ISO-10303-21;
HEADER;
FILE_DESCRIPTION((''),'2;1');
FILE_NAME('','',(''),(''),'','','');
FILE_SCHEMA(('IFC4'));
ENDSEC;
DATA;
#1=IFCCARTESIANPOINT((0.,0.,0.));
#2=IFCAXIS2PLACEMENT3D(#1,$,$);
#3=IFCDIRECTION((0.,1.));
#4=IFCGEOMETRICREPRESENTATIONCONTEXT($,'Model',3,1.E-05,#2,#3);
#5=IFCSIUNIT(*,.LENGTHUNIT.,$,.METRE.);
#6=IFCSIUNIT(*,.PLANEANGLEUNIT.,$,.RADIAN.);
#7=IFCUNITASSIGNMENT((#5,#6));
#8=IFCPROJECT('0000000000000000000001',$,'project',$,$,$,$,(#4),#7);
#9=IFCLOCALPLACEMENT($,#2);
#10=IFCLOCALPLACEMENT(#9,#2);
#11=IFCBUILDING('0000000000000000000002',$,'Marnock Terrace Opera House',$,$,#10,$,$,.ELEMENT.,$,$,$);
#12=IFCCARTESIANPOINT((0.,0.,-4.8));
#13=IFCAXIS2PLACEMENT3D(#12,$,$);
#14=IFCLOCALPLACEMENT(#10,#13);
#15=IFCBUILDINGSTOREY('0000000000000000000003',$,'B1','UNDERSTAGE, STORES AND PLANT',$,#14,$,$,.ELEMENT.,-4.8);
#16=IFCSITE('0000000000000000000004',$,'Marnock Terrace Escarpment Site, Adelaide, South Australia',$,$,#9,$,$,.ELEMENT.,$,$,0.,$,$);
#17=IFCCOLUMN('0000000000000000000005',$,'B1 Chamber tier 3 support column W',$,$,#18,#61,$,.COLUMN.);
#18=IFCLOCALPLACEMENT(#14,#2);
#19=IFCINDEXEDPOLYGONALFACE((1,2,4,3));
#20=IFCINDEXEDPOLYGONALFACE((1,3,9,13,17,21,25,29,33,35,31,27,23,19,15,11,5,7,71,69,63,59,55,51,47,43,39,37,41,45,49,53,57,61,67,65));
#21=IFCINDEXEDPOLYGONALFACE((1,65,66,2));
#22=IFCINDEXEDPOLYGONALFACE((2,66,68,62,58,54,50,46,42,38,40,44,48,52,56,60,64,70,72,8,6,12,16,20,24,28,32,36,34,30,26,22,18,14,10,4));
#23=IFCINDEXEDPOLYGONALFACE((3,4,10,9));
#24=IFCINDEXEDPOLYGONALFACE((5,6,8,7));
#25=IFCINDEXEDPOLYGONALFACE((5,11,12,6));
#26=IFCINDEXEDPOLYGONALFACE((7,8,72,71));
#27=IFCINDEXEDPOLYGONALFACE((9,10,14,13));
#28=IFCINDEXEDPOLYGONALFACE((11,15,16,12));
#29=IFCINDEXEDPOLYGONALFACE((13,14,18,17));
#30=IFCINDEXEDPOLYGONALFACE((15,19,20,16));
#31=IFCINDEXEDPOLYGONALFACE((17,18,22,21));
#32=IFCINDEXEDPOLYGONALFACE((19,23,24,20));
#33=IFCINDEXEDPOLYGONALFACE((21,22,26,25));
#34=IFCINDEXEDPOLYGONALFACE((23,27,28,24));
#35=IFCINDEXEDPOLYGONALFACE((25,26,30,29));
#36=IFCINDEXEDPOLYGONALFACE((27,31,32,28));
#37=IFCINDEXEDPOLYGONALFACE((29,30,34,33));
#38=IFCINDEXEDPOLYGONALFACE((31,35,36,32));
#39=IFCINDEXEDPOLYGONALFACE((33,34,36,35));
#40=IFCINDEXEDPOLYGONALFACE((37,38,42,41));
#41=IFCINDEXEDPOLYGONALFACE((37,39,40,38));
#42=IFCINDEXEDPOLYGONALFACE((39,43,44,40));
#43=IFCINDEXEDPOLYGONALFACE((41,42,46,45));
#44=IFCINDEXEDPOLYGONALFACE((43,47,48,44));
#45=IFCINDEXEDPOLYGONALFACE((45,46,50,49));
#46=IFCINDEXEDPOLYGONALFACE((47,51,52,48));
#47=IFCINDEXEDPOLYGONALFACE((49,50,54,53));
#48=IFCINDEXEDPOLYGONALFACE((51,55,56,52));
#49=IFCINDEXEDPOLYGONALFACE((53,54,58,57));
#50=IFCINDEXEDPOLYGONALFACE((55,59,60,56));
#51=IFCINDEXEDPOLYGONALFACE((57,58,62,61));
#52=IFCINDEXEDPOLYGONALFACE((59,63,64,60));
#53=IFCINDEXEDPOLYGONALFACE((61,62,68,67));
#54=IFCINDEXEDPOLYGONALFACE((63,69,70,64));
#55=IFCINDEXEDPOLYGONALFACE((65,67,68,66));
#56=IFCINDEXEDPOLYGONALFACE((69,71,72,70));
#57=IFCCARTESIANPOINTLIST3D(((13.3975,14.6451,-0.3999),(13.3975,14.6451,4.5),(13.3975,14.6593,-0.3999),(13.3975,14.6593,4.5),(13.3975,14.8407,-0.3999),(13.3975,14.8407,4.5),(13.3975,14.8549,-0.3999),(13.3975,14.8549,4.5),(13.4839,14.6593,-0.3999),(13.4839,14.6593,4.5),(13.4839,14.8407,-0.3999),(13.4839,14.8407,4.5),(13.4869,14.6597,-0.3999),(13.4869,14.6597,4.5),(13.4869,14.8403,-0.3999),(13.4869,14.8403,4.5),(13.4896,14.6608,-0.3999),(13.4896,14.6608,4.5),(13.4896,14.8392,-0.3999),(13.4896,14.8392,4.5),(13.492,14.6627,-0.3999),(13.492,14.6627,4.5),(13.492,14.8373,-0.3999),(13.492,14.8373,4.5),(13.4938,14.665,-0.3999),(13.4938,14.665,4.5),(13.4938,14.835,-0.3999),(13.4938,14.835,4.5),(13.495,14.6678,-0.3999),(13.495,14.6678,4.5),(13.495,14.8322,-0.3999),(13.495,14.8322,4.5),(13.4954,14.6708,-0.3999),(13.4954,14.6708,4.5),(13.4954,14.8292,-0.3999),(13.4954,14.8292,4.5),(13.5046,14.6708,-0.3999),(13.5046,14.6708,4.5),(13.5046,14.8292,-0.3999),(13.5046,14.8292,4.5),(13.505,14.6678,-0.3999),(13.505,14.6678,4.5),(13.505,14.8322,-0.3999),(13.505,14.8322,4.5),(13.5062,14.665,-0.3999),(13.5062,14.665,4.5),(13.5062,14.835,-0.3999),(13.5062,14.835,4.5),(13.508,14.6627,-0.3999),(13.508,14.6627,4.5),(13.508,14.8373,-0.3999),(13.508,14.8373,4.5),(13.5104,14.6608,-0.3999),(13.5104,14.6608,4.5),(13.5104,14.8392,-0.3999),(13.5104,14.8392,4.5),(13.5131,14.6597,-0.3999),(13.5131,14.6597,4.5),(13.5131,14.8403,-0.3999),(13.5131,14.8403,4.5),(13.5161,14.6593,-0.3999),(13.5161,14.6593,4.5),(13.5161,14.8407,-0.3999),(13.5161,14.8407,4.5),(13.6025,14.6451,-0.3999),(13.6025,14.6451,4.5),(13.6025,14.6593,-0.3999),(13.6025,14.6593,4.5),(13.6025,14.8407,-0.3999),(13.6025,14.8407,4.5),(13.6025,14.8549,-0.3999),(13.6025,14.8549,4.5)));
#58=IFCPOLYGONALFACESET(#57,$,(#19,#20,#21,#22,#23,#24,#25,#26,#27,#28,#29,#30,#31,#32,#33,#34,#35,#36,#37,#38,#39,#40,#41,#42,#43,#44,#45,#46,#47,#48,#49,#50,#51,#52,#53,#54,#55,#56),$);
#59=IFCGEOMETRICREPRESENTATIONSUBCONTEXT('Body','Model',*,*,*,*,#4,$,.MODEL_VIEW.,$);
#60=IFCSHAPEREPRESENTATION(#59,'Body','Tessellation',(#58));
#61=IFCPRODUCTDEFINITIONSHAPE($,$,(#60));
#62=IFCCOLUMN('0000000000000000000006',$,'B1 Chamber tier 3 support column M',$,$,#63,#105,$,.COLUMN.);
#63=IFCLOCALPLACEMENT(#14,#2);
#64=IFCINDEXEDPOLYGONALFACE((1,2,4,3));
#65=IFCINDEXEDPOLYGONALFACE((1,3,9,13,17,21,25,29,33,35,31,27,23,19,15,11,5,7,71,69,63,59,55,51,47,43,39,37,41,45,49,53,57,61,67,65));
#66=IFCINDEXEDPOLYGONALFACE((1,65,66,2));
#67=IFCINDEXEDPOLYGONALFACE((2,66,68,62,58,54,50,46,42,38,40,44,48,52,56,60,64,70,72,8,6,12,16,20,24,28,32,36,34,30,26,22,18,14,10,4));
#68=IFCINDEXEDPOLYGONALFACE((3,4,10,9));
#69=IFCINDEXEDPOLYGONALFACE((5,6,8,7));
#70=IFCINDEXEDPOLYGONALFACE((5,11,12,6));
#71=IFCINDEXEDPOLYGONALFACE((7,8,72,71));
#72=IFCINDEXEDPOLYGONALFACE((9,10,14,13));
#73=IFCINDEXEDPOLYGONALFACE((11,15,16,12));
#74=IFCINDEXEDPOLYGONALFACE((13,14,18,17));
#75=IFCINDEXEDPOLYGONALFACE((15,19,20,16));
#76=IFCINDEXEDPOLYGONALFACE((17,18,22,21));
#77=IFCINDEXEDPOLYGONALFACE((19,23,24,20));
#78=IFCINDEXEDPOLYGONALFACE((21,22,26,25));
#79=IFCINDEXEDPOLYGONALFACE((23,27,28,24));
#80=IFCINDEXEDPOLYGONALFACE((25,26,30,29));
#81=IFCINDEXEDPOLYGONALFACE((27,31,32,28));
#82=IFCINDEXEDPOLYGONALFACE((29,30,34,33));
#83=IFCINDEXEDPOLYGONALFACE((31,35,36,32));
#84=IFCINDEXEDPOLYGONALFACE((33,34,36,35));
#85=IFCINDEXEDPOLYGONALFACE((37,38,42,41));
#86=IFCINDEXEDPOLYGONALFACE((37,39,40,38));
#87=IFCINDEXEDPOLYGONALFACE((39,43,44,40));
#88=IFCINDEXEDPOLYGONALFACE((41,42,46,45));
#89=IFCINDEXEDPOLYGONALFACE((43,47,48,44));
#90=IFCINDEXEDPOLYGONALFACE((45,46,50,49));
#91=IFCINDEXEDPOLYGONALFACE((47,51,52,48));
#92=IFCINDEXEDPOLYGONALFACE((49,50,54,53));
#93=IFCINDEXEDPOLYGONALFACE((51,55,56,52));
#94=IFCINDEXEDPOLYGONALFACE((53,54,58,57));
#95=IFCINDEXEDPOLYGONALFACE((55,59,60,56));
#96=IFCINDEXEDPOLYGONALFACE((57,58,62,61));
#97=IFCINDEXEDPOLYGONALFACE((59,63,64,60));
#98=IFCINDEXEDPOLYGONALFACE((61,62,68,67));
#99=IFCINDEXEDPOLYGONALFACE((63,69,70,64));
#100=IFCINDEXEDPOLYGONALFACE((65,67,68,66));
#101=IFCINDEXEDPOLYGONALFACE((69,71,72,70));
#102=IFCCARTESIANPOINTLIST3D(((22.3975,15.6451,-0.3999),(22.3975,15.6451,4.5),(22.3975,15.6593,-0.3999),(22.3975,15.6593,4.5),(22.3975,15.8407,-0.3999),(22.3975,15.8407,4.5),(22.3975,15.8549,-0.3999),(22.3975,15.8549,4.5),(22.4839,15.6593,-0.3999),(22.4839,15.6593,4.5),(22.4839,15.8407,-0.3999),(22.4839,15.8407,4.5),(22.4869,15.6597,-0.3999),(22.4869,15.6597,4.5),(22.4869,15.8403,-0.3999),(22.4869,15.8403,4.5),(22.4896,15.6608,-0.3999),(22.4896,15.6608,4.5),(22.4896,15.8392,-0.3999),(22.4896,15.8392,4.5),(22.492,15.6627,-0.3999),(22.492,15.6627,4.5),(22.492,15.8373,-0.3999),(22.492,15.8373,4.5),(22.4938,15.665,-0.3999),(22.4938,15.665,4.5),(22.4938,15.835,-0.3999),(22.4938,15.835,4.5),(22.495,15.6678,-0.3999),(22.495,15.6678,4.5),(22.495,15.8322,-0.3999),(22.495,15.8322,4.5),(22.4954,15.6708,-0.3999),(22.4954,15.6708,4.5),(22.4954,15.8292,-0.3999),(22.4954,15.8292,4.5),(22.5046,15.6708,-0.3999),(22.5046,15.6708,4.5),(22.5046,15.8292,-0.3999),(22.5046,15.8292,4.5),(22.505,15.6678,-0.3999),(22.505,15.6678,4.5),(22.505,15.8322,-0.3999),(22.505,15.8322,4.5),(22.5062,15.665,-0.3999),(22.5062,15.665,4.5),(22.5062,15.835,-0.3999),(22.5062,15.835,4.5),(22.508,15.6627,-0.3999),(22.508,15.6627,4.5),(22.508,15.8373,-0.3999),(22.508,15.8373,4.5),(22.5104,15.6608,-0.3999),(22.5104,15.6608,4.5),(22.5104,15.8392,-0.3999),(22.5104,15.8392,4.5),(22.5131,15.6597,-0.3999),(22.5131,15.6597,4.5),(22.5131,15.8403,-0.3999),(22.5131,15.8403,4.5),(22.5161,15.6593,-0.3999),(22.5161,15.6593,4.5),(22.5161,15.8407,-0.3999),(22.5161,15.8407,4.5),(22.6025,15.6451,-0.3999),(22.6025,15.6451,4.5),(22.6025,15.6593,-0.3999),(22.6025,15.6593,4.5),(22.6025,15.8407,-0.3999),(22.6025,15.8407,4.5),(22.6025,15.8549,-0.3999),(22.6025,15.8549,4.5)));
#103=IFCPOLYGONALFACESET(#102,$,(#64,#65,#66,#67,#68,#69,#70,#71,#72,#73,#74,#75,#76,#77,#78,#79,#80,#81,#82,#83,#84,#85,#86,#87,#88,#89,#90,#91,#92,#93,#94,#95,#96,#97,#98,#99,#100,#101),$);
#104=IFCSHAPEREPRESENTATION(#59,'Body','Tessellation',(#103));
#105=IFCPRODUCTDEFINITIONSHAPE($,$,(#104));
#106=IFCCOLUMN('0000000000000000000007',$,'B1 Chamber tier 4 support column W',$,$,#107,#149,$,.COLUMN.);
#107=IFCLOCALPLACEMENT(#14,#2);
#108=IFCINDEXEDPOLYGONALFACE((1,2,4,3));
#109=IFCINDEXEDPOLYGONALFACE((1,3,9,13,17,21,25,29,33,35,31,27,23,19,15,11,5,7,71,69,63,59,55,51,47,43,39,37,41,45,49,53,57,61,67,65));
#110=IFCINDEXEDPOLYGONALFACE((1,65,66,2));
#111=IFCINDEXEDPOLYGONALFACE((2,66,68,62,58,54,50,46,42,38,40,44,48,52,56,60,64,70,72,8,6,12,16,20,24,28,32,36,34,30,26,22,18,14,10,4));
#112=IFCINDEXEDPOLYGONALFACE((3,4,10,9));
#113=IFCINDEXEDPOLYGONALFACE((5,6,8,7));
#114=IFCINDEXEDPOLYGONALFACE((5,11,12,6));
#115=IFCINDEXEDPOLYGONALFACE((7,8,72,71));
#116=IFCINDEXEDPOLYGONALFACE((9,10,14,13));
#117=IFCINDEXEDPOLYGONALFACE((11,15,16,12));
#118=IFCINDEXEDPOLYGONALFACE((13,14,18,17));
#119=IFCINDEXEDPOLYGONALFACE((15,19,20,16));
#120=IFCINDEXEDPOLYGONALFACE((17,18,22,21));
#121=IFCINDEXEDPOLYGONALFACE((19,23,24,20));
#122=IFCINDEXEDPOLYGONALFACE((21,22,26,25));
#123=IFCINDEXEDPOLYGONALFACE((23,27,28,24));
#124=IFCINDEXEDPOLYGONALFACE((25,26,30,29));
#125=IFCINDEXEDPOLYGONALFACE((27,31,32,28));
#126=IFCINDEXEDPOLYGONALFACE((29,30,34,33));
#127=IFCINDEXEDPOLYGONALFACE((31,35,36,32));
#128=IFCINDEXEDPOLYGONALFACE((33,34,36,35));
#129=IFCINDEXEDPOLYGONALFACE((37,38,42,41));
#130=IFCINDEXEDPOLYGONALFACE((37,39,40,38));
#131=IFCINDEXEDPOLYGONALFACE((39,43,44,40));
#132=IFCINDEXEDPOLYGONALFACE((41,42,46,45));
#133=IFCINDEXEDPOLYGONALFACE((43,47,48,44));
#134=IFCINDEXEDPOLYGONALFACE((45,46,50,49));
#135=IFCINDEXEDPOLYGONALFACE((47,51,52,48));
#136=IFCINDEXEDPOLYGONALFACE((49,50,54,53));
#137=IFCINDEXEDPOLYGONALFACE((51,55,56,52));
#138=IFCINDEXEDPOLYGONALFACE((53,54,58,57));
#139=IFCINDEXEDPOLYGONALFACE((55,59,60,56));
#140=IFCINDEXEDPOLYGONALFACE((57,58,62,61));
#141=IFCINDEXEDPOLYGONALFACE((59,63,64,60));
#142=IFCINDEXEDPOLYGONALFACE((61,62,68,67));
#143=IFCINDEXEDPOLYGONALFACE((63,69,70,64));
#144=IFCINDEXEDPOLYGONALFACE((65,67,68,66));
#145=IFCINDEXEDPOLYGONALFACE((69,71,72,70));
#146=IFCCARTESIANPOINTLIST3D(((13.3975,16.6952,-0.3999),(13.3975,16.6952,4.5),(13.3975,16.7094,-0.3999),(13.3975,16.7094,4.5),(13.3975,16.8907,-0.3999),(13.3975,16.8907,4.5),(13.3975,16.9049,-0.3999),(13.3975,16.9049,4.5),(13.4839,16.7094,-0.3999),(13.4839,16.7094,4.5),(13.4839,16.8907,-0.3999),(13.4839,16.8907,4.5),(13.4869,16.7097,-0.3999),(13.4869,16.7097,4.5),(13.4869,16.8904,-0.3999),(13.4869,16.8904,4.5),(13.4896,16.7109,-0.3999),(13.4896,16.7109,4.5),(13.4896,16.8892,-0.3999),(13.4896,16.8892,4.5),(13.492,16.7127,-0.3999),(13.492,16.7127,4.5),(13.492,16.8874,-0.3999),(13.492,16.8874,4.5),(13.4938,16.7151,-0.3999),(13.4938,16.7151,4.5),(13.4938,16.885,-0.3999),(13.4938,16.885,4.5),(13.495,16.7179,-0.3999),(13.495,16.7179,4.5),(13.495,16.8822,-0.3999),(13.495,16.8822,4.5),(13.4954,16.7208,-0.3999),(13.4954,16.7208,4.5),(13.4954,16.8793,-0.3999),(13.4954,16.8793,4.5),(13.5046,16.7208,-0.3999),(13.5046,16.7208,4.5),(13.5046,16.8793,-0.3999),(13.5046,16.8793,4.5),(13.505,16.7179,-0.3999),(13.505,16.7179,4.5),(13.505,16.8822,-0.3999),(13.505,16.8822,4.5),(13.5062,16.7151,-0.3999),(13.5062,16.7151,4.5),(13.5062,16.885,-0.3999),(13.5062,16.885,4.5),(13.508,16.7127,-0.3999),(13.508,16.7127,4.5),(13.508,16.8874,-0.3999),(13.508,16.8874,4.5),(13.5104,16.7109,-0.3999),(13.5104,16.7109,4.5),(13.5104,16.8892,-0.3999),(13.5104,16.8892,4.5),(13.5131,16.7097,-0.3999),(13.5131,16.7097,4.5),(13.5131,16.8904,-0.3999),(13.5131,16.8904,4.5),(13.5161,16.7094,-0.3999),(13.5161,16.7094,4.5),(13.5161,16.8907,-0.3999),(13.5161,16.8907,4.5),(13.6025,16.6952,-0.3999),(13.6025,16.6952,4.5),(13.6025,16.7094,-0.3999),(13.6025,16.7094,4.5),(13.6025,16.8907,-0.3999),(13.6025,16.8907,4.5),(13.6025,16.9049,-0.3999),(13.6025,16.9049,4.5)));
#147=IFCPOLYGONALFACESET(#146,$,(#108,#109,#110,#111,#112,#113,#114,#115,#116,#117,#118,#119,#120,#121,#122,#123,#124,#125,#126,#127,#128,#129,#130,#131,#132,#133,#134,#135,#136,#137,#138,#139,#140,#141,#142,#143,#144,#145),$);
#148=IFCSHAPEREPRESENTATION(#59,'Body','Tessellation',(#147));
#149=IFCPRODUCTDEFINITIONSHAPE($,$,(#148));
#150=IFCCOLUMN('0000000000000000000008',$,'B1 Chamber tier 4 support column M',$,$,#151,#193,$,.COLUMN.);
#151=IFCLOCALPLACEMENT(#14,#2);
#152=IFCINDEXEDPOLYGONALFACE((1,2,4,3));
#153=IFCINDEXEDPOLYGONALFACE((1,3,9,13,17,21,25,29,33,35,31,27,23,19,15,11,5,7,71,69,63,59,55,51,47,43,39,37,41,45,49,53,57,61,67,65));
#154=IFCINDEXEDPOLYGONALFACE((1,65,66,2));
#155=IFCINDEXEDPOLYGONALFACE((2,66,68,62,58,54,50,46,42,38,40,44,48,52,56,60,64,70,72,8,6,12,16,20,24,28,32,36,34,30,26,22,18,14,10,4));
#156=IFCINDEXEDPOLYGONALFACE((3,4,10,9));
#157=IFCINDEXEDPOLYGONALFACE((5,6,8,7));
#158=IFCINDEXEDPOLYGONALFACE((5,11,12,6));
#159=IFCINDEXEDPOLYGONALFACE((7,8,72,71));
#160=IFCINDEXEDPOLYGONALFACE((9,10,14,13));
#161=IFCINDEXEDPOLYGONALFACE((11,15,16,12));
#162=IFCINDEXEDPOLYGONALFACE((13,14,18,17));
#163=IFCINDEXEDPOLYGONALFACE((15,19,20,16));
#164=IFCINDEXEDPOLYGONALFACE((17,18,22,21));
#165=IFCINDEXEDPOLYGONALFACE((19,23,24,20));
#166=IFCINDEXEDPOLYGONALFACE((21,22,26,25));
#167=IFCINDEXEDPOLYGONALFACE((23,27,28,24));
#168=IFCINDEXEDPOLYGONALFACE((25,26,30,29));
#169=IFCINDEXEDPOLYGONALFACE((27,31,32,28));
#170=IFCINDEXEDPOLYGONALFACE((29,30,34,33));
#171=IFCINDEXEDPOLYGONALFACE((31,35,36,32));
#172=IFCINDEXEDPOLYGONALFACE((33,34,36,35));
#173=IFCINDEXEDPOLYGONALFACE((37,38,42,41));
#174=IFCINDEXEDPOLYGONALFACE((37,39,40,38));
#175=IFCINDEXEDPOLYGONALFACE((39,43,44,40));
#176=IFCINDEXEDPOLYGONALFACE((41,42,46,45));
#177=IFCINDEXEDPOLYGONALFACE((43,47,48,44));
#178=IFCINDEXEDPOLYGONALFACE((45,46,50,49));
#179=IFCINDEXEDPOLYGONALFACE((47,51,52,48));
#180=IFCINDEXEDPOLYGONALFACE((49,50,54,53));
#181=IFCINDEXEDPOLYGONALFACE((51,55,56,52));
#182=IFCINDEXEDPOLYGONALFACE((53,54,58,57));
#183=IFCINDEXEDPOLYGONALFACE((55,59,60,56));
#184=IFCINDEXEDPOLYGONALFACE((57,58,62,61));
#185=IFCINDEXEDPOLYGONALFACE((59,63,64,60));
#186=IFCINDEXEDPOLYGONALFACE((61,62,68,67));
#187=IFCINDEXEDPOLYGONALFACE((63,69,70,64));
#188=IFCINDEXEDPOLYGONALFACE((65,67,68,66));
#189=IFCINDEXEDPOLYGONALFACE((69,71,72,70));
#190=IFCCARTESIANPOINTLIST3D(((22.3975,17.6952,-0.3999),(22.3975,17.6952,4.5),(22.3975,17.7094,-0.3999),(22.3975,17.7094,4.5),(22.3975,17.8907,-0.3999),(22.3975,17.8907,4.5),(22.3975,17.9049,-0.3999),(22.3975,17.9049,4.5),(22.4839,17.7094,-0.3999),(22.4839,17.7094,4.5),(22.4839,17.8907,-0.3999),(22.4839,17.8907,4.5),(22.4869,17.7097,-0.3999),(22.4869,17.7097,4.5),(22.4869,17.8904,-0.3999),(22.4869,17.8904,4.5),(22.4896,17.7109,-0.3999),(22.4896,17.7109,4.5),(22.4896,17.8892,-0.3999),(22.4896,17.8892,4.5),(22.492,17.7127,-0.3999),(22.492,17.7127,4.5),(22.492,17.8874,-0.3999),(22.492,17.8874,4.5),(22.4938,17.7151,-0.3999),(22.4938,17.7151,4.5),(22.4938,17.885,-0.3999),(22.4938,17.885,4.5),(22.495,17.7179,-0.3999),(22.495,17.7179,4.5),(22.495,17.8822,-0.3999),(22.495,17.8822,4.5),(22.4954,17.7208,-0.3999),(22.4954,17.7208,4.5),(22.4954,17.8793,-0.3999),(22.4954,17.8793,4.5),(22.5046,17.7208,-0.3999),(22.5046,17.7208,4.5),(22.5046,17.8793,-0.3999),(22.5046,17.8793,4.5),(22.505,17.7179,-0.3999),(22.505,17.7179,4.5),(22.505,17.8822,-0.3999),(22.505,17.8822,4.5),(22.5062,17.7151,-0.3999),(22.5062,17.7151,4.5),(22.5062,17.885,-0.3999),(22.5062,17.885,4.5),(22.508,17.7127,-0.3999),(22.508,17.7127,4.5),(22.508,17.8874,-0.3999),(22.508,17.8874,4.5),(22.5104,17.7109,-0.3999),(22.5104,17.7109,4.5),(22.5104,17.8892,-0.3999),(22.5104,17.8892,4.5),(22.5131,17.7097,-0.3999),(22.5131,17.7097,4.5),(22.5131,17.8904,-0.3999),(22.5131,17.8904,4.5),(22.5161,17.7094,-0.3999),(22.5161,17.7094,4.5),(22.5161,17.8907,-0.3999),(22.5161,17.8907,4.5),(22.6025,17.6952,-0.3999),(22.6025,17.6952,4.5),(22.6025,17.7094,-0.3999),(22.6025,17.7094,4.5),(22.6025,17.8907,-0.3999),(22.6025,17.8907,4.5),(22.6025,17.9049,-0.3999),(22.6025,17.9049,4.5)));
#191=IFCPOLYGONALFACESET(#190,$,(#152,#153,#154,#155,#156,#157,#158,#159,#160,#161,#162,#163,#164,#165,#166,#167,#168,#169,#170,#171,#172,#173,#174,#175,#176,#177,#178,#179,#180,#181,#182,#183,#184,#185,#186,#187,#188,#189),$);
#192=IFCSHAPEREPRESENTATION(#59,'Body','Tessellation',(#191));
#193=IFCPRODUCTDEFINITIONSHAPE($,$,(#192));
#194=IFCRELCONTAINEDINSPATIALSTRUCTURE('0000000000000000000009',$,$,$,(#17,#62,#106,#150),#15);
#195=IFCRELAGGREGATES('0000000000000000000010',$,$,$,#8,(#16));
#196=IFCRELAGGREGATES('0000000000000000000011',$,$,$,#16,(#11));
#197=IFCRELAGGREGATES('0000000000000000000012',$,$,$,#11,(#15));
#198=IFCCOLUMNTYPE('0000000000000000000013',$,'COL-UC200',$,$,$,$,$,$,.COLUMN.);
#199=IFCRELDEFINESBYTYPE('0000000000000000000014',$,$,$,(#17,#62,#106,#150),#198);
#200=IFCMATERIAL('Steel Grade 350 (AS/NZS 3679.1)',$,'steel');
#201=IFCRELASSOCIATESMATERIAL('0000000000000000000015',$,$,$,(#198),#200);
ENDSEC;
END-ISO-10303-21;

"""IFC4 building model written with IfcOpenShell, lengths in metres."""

from ifc_helpers import new_model, si_unit, direction, frame, origin, origin_2d, place, context, subcontext, project, spatial, i_section, extrude, material, material_profile, profile_set, type_object, element, save


model = new_model("IFC4")

# Units and contexts
model_context = context("Model", 3, precision=1e-05, world=origin(), true_north=direction((0.0, 1.0)))
body_context = subcontext(model_context, "Body", "Model", "MODEL_VIEW")
ifc_project = project(units=[si_unit("LENGTHUNIT", "METRE"), si_unit("PLANEANGLEUNIT", "RADIAN")], contexts=[model_context])

# Site, building, storey
site_placement = place(None, origin())
site = spatial("IfcSite", under=ifc_project, at=site_placement, Name="Marnock Terrace Escarpment Site, Adelaide, South Australia", CompositionType="ELEMENT", RefElevation=0.0)
building_placement = place(site_placement, origin())
building = spatial("IfcBuilding", under=site, at=building_placement, Name="Marnock Terrace Opera House", CompositionType="ELEMENT")
storey_placement = place(building_placement, frame((0.0, 0.0, -4.8)))
storey = spatial("IfcBuildingStorey", under=building, at=storey_placement, Name="B1", Description="UNDERSTAGE, STORES AND PLANT", CompositionType="ELEMENT", Elevation=-4.8)

# Columns
ifc_material_1 = material(Name="Steel Grade 350 (AS/NZS 3679.1)", Category="steel")
ifc_material_profile_1 = material_profile(ifc_material_1, i_section(OverallWidth=0.2051, OverallDepth=0.2097, WebThickness=0.0093, FlangeThickness=0.0142, FilletRadius=0.0115, at=origin_2d()))
ifc_profile_set_1 = profile_set([ifc_material_profile_1], Name="Steel Grade 350 (AS/NZS 3679.1)")
column_type_1 = type_object("IfcColumnType", Name="COL-UC200", PredefinedType="COLUMN", material=ifc_profile_set_1)
for number, where, z_axis, x_axis, name in (
    (1, (13.5, 14.75, -0.3999), (0.0, 0.0, 1.0), (1.0, 0.0, 0.0), "B1 Chamber tier 3 support column W"),
    (2, (22.5, 15.75, -0.3999), (0.0, 0.0, 1.0), (1.0, 0.0, 0.0), "B1 Chamber tier 3 support column M"),
    (3, (13.5, 16.8, -0.3999), (0.0, 0.0, 1.0), (1.0, 0.0, 0.0), "B1 Chamber tier 4 support column W"),
    (4, (22.5, 17.8, -0.3999), (0.0, 0.0, 1.0), (1.0, 0.0, 0.0), "B1 Chamber tier 4 support column M"),
):
    element("IfcColumn", number, at=place(storey_placement, frame(where, z_axis=z_axis, x_axis=x_axis)), inside=storey, type_object=column_type_1, Name=name, PredefinedType="COLUMN", context=body_context, shape_type="SweptSolid", body=[
        extrude(i_section(OverallWidth=0.2051, OverallDepth=0.2097, WebThickness=0.0093, FlangeThickness=0.0142, FilletRadius=0.0115, at=origin_2d()), origin(), (0.0, 0.0, 1.0), 4.8999),
    ])

save(model, "model.ifc")
